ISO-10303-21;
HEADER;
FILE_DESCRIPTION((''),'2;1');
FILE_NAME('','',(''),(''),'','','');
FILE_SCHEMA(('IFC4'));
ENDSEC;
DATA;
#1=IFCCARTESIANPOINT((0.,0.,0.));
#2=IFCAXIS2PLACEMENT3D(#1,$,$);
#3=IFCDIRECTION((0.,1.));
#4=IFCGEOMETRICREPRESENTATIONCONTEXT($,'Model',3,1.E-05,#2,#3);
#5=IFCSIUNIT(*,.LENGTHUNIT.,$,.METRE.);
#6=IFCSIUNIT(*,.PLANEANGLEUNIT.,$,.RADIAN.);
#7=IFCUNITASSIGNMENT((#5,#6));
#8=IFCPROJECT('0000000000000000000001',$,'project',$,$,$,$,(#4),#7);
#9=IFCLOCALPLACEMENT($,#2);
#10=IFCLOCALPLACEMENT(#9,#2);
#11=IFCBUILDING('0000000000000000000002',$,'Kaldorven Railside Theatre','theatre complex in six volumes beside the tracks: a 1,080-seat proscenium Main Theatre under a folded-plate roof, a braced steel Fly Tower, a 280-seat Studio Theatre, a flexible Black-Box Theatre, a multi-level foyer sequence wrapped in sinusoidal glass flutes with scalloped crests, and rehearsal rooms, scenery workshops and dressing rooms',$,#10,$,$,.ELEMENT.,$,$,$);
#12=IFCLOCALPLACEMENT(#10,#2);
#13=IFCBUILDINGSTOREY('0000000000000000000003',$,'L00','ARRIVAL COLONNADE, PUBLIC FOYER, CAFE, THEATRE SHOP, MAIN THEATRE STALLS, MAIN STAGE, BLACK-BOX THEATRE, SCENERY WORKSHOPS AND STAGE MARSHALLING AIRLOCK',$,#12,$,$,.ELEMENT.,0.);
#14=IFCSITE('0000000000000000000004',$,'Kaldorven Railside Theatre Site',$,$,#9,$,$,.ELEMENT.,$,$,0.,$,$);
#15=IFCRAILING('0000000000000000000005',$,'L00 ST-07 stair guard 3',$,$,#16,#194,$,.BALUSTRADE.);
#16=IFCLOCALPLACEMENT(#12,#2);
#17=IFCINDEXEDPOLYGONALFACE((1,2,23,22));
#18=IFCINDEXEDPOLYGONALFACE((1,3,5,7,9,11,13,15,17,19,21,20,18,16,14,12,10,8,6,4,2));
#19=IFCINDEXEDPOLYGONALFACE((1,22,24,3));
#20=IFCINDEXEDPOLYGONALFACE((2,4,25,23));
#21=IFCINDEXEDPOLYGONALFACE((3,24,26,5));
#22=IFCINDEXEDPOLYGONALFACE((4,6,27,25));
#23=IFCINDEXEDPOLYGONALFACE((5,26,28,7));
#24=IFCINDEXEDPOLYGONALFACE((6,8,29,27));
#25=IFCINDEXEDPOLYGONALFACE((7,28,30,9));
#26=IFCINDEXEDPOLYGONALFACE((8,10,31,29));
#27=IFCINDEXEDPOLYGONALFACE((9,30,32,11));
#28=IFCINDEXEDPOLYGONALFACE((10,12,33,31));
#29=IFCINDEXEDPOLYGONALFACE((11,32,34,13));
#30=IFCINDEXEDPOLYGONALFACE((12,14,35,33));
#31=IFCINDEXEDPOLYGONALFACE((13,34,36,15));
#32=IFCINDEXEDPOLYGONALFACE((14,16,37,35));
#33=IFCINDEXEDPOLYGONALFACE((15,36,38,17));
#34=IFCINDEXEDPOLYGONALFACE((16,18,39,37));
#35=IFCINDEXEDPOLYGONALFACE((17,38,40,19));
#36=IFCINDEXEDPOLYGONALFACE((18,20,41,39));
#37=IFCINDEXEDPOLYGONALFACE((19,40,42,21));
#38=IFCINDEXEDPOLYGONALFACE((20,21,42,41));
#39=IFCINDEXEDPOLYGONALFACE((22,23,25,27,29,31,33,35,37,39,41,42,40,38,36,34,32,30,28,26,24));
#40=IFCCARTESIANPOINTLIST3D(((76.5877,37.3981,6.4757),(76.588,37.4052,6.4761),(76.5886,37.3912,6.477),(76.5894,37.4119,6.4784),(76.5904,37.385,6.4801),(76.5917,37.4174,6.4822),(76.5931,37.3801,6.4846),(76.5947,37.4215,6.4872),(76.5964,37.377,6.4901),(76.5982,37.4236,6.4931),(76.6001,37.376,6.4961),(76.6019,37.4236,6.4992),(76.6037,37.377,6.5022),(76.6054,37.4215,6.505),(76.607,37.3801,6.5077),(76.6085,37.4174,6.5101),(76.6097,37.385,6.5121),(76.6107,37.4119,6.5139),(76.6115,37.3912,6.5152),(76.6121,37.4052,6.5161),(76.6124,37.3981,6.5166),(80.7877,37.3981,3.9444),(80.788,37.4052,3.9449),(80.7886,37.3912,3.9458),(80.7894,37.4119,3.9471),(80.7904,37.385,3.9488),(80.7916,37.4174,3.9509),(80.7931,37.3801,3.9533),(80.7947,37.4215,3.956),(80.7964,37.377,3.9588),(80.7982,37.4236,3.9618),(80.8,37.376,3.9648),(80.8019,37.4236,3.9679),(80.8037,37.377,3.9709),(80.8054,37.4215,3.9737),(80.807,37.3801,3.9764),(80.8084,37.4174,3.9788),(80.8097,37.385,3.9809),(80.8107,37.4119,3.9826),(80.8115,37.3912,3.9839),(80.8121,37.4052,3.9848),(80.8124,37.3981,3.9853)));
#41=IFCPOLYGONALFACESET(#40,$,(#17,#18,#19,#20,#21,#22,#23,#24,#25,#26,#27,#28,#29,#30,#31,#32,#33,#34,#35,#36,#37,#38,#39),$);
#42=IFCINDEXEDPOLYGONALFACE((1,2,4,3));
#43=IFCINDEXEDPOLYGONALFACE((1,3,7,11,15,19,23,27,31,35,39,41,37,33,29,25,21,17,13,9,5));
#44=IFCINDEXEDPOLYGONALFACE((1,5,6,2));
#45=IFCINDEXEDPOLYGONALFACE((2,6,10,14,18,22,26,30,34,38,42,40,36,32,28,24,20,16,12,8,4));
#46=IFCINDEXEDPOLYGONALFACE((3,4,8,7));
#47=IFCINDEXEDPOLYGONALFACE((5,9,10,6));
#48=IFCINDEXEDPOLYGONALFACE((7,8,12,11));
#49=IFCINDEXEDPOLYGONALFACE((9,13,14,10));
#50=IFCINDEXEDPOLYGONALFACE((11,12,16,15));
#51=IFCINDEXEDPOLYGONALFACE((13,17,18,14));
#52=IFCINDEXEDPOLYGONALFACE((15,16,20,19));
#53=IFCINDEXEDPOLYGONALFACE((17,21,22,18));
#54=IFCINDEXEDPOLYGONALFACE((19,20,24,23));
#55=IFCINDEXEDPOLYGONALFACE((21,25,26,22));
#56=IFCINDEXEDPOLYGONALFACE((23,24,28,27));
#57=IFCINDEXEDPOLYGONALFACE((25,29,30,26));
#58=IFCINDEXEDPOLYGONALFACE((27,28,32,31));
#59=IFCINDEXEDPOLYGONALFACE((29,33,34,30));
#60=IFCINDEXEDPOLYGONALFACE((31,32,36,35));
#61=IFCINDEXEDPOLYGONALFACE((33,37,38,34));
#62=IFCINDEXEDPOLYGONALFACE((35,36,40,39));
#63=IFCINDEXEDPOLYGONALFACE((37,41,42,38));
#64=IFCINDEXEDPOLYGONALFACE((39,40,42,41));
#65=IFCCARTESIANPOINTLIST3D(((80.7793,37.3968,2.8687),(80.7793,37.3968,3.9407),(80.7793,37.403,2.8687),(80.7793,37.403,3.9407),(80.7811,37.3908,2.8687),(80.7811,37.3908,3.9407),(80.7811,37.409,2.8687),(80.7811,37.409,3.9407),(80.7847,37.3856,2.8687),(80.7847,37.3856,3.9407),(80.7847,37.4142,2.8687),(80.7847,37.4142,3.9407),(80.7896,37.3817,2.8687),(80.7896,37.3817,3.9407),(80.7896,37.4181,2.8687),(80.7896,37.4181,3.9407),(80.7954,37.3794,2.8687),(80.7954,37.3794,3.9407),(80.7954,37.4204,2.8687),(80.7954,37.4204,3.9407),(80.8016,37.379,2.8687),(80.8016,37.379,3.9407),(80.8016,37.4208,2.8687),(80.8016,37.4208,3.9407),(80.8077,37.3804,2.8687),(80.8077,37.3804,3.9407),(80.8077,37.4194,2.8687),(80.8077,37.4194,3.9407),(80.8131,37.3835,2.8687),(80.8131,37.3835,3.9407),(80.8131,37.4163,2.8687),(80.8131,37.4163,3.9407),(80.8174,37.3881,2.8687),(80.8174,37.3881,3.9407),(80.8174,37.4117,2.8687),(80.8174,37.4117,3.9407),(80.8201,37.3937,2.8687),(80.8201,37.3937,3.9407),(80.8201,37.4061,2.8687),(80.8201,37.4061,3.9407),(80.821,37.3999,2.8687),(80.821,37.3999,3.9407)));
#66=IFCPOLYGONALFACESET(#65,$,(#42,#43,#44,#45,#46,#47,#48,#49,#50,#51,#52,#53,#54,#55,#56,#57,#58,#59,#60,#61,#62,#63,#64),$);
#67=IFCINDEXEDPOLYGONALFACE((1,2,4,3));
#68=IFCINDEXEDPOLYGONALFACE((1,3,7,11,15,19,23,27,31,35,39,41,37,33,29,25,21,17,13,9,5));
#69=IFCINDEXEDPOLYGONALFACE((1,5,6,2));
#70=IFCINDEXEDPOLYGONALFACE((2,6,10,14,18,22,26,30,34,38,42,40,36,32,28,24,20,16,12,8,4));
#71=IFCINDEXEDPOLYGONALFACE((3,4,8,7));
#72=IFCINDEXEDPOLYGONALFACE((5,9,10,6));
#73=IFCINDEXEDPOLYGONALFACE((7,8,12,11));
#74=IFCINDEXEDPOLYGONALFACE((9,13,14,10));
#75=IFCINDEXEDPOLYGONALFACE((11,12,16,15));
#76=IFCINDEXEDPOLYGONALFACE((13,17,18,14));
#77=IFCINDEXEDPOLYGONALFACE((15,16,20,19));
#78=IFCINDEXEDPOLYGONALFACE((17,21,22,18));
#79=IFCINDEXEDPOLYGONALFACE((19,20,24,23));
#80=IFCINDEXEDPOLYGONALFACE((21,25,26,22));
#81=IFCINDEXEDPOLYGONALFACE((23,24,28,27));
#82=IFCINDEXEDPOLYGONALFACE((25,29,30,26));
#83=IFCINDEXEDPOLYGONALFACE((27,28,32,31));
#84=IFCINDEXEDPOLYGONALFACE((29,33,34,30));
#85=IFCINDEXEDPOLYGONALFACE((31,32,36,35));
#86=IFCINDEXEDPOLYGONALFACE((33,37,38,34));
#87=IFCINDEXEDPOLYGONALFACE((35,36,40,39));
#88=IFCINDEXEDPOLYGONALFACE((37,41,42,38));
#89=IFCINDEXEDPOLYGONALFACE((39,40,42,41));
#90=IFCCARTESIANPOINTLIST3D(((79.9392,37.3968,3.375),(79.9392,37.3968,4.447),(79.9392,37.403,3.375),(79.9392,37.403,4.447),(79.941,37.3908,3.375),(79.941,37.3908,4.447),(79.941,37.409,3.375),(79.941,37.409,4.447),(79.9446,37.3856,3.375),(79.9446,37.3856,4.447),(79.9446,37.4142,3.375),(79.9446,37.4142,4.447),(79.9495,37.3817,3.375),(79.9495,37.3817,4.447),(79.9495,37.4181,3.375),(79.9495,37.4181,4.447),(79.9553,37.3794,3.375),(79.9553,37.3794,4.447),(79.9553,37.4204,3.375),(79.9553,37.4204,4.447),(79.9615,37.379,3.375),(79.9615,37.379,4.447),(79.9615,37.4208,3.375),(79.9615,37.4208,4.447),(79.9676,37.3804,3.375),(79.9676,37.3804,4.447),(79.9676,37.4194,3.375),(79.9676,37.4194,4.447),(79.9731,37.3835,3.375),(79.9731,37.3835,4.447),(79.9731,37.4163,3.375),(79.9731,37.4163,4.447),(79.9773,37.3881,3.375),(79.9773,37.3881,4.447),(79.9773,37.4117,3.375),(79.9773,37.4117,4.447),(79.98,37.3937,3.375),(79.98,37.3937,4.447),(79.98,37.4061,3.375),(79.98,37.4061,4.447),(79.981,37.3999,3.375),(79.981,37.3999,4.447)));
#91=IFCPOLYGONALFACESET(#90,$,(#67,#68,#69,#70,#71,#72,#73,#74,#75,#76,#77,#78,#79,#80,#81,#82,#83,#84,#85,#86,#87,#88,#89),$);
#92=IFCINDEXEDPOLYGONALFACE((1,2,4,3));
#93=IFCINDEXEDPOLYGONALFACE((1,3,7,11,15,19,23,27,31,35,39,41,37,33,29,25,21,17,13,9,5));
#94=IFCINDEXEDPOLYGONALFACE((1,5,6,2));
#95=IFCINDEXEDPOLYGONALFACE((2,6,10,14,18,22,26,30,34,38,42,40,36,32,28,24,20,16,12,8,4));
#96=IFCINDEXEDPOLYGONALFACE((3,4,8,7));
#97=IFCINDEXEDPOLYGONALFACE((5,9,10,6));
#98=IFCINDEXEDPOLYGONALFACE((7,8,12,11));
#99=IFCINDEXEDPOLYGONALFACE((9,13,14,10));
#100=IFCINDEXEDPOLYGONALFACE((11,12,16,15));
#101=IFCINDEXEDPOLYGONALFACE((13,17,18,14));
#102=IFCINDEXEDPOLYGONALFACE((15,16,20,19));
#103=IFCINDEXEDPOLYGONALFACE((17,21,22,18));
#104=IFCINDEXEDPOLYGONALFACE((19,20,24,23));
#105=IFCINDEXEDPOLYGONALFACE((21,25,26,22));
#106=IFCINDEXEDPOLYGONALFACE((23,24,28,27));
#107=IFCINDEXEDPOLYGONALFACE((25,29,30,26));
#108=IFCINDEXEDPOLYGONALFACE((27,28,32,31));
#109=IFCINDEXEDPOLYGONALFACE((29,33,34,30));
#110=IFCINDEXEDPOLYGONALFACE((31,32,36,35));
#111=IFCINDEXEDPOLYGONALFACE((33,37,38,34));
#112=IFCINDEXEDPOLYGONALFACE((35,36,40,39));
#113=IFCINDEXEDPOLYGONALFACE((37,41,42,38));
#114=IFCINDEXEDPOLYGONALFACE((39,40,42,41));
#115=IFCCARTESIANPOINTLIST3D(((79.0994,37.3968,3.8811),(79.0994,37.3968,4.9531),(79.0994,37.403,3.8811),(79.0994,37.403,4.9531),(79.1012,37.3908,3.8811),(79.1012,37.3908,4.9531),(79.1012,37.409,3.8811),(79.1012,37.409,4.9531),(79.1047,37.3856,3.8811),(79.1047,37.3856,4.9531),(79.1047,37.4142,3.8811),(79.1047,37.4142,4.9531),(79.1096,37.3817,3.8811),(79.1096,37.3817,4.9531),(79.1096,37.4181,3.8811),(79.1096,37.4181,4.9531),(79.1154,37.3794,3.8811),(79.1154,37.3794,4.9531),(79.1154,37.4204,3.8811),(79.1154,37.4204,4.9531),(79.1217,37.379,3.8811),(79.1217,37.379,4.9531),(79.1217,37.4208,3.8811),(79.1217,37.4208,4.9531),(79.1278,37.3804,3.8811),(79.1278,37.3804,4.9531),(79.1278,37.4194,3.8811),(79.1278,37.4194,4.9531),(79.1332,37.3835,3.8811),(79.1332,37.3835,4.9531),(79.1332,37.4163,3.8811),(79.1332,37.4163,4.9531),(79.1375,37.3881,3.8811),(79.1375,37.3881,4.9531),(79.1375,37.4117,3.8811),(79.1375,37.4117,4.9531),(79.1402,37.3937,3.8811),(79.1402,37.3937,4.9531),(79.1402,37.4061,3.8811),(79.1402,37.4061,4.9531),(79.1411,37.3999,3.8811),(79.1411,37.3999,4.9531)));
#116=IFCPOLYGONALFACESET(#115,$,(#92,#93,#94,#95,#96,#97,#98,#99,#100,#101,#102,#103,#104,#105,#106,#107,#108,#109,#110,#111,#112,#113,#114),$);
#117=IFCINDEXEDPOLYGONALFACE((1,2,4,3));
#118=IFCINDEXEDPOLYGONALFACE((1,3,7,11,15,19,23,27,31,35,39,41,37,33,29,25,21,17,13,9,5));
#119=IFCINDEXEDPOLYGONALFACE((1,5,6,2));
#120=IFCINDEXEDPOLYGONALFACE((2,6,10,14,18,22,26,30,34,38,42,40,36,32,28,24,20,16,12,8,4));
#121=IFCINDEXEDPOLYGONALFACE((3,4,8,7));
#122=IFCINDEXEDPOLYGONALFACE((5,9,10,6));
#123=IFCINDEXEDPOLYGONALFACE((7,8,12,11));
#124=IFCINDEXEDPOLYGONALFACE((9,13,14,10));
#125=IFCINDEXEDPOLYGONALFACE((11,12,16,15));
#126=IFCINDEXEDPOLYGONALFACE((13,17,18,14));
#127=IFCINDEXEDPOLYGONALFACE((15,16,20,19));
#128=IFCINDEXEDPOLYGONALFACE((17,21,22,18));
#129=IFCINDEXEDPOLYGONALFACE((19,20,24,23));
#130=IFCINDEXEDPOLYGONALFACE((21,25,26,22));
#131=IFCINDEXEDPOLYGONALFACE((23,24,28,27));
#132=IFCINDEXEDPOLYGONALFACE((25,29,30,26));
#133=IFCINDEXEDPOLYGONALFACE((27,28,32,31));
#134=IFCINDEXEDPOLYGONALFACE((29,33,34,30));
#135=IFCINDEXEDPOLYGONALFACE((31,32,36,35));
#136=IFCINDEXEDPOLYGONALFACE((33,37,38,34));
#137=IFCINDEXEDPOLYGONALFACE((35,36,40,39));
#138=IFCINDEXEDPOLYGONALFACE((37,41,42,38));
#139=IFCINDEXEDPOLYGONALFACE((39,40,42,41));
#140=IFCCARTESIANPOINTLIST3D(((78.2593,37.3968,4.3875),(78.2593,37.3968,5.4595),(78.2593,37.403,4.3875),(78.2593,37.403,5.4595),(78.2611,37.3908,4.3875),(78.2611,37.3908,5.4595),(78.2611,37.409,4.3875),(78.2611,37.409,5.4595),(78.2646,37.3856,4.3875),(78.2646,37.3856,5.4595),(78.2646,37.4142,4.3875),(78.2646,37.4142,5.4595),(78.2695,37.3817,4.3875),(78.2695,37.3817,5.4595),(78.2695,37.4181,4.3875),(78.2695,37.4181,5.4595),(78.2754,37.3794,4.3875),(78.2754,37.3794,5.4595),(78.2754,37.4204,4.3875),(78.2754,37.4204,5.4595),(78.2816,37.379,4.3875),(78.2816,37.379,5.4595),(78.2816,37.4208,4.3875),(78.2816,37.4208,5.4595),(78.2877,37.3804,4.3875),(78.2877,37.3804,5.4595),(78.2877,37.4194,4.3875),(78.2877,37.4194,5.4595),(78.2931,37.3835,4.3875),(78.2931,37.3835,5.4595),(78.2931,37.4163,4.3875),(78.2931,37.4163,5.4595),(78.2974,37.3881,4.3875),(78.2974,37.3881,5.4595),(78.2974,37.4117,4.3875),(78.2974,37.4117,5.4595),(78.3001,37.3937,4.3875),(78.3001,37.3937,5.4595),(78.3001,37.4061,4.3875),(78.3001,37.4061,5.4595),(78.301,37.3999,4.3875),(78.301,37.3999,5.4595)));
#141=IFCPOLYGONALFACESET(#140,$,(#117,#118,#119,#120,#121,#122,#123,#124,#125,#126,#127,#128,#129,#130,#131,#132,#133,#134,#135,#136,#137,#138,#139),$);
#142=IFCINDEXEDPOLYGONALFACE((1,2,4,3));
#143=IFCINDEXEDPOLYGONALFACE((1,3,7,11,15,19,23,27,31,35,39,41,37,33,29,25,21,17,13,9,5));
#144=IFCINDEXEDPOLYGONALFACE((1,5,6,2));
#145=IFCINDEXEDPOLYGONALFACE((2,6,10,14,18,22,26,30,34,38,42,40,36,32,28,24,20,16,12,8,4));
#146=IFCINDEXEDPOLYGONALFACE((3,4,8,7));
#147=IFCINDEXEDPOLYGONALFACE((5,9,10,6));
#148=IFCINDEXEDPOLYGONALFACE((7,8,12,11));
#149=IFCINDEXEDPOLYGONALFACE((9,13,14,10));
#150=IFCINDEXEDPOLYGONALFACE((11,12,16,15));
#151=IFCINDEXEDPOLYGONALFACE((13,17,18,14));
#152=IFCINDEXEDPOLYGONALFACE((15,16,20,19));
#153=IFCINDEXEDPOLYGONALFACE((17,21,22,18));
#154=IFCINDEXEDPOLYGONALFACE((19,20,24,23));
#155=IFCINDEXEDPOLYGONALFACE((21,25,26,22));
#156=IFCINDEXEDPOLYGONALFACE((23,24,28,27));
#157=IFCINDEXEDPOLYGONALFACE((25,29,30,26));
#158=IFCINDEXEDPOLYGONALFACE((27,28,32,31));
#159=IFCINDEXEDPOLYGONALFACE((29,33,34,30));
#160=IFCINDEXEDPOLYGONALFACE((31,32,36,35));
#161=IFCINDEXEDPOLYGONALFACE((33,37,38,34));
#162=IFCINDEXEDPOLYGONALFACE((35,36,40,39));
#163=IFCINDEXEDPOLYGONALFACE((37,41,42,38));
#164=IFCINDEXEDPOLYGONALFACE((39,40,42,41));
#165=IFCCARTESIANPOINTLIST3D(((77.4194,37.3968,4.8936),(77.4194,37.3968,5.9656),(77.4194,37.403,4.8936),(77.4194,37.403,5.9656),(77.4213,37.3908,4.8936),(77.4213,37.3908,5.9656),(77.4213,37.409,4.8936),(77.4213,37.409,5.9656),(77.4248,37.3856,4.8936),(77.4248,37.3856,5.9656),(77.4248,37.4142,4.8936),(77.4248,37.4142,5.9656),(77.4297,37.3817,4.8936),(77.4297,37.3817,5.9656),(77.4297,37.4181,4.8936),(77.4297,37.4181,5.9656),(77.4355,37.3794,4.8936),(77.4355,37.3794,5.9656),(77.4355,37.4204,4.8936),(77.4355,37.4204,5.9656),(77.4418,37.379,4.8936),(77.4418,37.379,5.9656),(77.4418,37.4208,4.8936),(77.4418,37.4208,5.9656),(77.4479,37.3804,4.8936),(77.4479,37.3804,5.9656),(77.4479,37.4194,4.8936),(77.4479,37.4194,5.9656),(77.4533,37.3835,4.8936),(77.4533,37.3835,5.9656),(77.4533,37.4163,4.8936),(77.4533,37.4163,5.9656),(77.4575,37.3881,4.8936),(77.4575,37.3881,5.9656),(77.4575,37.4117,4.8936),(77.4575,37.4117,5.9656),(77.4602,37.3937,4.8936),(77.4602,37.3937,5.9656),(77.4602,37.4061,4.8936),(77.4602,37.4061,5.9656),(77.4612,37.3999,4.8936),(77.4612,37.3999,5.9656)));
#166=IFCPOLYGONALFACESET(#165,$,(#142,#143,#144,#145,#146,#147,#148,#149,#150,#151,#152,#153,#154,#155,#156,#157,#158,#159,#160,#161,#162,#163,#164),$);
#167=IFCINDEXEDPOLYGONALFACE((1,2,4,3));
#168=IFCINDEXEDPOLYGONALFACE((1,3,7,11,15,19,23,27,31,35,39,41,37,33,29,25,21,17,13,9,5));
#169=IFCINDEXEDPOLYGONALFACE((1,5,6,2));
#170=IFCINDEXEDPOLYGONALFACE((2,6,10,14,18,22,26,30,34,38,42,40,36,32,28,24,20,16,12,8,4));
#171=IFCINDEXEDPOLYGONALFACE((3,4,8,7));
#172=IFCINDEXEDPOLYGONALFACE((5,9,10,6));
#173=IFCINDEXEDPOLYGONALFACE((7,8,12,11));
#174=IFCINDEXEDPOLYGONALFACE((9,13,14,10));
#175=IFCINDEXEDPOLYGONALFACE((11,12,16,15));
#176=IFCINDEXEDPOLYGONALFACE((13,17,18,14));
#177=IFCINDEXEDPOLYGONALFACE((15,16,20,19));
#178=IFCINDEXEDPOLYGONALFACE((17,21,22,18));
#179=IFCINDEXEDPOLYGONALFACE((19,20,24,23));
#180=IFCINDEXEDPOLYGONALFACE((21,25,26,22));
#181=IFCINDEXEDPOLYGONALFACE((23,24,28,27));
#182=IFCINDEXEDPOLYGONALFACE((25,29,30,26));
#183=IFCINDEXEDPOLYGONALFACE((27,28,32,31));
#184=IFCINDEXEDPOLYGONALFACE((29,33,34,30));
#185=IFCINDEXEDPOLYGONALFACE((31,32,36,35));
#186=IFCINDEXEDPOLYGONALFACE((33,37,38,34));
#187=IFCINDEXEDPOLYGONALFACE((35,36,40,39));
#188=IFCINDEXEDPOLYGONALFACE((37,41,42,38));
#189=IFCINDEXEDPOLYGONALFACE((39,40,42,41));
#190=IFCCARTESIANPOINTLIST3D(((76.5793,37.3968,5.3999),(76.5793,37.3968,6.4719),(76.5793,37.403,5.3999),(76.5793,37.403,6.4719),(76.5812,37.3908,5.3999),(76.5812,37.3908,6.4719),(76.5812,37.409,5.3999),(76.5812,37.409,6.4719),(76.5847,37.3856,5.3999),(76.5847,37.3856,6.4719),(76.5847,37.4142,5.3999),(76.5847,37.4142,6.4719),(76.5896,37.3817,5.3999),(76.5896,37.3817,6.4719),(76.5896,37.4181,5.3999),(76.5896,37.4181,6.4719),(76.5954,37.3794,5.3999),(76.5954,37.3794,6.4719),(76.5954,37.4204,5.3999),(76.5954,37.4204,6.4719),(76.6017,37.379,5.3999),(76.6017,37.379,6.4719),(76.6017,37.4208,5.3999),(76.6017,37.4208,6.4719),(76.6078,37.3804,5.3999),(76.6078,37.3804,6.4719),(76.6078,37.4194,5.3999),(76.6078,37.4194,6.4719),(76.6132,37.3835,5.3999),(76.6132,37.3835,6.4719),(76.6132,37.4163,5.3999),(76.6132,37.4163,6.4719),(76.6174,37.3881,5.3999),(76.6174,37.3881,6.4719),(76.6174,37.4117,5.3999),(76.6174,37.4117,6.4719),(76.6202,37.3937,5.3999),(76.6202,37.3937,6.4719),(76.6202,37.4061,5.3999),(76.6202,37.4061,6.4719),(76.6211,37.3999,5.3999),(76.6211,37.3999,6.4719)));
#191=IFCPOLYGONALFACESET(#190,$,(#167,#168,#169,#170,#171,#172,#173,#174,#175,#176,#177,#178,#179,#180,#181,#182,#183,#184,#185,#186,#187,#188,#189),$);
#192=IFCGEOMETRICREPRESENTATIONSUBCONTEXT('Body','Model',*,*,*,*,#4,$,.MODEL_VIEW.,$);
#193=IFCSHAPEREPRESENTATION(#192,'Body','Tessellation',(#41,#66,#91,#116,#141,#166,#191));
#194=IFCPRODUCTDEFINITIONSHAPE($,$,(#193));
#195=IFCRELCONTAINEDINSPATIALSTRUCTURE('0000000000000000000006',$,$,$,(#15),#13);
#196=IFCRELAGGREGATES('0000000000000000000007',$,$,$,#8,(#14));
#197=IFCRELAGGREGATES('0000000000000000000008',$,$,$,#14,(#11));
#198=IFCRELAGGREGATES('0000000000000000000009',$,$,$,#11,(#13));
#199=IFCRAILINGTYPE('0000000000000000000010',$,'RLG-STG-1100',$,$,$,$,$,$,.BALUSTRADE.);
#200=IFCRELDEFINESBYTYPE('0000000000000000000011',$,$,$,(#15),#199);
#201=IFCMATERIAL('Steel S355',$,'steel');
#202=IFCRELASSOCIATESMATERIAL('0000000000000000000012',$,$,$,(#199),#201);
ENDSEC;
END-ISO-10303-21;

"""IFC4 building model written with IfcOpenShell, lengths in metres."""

from ifc_helpers import new_model, si_unit, direction, frame, origin, origin_2d, place, context, subcontext, project, spatial, circle, extrude, material, type_object, element, save


model = new_model("IFC4")

# Units and contexts
model_context = context("Model", 3, precision=1e-05, world=origin(), true_north=direction((0.0, 1.0)))
body_context = subcontext(model_context, "Body", "Model", "MODEL_VIEW")
ifc_project = project(units=[si_unit("LENGTHUNIT", "METRE"), si_unit("PLANEANGLEUNIT", "RADIAN")], contexts=[model_context])

# Site, building, storey
site_placement = place(None, origin())
site = spatial("IfcSite", under=ifc_project, at=site_placement, Name="Kaldorven Railside Theatre Site", CompositionType="ELEMENT", RefElevation=0.0)
building_placement = place(site_placement, origin())
building = spatial("IfcBuilding", under=site, at=building_placement, Name="Kaldorven Railside Theatre", Description="theatre complex in six volumes beside the tracks: a 1,080-seat proscenium Main Theatre under a folded-plate roof, a braced steel Fly Tower, a 280-seat Studio Theatre, a flexible Black-Box Theatre, a multi-level foyer sequence wrapped in sinusoidal glass flutes with scalloped crests, and rehearsal rooms, scenery workshops and dressing rooms", CompositionType="ELEMENT")
storey_placement = place(building_placement, origin())
storey = spatial("IfcBuildingStorey", under=building, at=storey_placement, Name="L00", Description="ARRIVAL COLONNADE, PUBLIC FOYER, CAFE, THEATRE SHOP, MAIN THEATRE STALLS, MAIN STAGE, BLACK-BOX THEATRE, SCENERY WORKSHOPS AND STAGE MARSHALLING AIRLOCK", CompositionType="ELEMENT", Elevation=0.0)

# Shared definitions
ifc_material_1 = material(Name="Steel S355", Category="steel")

# Railing
railing_type_1 = type_object("IfcRailingType", Name="RLG-STG-1100", PredefinedType="BALUSTRADE", material=ifc_material_1)
railing_1_placement = place(storey_placement, frame((80.8, 37.3999, 2.8687)))
element("IfcRailing", 1, at=railing_1_placement, inside=storey, type_object=railing_type_1, Name="L00 ST-07 stair guard 3", PredefinedType="BALUSTRADE", context=body_context, shape_type="SweptSolid", body=[
    extrude(circle(Radius=0.0239, at=origin_2d()), frame((0.0, 0.0, 1.0962), z_axis=(-0.856476, 0.0, 0.516186), x_axis=(0.0, -1.0, 0.0)), (0.0, 0.0, 1.0), 4.9038),
    extrude(circle(Radius=0.021, at=origin_2d()), origin(), (0.0, 0.0, 1.0), 1.072),
    extrude(circle(Radius=0.021, at=origin_2d()), frame((-0.8401, 0.0, 0.5063)), (0.0, 0.0, 1.0), 1.072),
    extrude(circle(Radius=0.021, at=origin_2d()), frame((-1.6799, 0.0, 1.0125)), (0.0, 0.0, 1.0), 1.072),
    extrude(circle(Radius=0.021, at=origin_2d()), frame((-2.52, 0.0, 1.5188)), (0.0, 0.0, 1.0), 1.072),
    extrude(circle(Radius=0.021, at=origin_2d()), frame((-3.3599, 0.0, 2.0249)), (0.0, 0.0, 1.0), 1.072),
    extrude(circle(Radius=0.021, at=origin_2d()), frame((-4.2, 0.0, 2.5312)), (0.0, 0.0, 1.0), 1.072),
])

save(model, "model.ifc")
